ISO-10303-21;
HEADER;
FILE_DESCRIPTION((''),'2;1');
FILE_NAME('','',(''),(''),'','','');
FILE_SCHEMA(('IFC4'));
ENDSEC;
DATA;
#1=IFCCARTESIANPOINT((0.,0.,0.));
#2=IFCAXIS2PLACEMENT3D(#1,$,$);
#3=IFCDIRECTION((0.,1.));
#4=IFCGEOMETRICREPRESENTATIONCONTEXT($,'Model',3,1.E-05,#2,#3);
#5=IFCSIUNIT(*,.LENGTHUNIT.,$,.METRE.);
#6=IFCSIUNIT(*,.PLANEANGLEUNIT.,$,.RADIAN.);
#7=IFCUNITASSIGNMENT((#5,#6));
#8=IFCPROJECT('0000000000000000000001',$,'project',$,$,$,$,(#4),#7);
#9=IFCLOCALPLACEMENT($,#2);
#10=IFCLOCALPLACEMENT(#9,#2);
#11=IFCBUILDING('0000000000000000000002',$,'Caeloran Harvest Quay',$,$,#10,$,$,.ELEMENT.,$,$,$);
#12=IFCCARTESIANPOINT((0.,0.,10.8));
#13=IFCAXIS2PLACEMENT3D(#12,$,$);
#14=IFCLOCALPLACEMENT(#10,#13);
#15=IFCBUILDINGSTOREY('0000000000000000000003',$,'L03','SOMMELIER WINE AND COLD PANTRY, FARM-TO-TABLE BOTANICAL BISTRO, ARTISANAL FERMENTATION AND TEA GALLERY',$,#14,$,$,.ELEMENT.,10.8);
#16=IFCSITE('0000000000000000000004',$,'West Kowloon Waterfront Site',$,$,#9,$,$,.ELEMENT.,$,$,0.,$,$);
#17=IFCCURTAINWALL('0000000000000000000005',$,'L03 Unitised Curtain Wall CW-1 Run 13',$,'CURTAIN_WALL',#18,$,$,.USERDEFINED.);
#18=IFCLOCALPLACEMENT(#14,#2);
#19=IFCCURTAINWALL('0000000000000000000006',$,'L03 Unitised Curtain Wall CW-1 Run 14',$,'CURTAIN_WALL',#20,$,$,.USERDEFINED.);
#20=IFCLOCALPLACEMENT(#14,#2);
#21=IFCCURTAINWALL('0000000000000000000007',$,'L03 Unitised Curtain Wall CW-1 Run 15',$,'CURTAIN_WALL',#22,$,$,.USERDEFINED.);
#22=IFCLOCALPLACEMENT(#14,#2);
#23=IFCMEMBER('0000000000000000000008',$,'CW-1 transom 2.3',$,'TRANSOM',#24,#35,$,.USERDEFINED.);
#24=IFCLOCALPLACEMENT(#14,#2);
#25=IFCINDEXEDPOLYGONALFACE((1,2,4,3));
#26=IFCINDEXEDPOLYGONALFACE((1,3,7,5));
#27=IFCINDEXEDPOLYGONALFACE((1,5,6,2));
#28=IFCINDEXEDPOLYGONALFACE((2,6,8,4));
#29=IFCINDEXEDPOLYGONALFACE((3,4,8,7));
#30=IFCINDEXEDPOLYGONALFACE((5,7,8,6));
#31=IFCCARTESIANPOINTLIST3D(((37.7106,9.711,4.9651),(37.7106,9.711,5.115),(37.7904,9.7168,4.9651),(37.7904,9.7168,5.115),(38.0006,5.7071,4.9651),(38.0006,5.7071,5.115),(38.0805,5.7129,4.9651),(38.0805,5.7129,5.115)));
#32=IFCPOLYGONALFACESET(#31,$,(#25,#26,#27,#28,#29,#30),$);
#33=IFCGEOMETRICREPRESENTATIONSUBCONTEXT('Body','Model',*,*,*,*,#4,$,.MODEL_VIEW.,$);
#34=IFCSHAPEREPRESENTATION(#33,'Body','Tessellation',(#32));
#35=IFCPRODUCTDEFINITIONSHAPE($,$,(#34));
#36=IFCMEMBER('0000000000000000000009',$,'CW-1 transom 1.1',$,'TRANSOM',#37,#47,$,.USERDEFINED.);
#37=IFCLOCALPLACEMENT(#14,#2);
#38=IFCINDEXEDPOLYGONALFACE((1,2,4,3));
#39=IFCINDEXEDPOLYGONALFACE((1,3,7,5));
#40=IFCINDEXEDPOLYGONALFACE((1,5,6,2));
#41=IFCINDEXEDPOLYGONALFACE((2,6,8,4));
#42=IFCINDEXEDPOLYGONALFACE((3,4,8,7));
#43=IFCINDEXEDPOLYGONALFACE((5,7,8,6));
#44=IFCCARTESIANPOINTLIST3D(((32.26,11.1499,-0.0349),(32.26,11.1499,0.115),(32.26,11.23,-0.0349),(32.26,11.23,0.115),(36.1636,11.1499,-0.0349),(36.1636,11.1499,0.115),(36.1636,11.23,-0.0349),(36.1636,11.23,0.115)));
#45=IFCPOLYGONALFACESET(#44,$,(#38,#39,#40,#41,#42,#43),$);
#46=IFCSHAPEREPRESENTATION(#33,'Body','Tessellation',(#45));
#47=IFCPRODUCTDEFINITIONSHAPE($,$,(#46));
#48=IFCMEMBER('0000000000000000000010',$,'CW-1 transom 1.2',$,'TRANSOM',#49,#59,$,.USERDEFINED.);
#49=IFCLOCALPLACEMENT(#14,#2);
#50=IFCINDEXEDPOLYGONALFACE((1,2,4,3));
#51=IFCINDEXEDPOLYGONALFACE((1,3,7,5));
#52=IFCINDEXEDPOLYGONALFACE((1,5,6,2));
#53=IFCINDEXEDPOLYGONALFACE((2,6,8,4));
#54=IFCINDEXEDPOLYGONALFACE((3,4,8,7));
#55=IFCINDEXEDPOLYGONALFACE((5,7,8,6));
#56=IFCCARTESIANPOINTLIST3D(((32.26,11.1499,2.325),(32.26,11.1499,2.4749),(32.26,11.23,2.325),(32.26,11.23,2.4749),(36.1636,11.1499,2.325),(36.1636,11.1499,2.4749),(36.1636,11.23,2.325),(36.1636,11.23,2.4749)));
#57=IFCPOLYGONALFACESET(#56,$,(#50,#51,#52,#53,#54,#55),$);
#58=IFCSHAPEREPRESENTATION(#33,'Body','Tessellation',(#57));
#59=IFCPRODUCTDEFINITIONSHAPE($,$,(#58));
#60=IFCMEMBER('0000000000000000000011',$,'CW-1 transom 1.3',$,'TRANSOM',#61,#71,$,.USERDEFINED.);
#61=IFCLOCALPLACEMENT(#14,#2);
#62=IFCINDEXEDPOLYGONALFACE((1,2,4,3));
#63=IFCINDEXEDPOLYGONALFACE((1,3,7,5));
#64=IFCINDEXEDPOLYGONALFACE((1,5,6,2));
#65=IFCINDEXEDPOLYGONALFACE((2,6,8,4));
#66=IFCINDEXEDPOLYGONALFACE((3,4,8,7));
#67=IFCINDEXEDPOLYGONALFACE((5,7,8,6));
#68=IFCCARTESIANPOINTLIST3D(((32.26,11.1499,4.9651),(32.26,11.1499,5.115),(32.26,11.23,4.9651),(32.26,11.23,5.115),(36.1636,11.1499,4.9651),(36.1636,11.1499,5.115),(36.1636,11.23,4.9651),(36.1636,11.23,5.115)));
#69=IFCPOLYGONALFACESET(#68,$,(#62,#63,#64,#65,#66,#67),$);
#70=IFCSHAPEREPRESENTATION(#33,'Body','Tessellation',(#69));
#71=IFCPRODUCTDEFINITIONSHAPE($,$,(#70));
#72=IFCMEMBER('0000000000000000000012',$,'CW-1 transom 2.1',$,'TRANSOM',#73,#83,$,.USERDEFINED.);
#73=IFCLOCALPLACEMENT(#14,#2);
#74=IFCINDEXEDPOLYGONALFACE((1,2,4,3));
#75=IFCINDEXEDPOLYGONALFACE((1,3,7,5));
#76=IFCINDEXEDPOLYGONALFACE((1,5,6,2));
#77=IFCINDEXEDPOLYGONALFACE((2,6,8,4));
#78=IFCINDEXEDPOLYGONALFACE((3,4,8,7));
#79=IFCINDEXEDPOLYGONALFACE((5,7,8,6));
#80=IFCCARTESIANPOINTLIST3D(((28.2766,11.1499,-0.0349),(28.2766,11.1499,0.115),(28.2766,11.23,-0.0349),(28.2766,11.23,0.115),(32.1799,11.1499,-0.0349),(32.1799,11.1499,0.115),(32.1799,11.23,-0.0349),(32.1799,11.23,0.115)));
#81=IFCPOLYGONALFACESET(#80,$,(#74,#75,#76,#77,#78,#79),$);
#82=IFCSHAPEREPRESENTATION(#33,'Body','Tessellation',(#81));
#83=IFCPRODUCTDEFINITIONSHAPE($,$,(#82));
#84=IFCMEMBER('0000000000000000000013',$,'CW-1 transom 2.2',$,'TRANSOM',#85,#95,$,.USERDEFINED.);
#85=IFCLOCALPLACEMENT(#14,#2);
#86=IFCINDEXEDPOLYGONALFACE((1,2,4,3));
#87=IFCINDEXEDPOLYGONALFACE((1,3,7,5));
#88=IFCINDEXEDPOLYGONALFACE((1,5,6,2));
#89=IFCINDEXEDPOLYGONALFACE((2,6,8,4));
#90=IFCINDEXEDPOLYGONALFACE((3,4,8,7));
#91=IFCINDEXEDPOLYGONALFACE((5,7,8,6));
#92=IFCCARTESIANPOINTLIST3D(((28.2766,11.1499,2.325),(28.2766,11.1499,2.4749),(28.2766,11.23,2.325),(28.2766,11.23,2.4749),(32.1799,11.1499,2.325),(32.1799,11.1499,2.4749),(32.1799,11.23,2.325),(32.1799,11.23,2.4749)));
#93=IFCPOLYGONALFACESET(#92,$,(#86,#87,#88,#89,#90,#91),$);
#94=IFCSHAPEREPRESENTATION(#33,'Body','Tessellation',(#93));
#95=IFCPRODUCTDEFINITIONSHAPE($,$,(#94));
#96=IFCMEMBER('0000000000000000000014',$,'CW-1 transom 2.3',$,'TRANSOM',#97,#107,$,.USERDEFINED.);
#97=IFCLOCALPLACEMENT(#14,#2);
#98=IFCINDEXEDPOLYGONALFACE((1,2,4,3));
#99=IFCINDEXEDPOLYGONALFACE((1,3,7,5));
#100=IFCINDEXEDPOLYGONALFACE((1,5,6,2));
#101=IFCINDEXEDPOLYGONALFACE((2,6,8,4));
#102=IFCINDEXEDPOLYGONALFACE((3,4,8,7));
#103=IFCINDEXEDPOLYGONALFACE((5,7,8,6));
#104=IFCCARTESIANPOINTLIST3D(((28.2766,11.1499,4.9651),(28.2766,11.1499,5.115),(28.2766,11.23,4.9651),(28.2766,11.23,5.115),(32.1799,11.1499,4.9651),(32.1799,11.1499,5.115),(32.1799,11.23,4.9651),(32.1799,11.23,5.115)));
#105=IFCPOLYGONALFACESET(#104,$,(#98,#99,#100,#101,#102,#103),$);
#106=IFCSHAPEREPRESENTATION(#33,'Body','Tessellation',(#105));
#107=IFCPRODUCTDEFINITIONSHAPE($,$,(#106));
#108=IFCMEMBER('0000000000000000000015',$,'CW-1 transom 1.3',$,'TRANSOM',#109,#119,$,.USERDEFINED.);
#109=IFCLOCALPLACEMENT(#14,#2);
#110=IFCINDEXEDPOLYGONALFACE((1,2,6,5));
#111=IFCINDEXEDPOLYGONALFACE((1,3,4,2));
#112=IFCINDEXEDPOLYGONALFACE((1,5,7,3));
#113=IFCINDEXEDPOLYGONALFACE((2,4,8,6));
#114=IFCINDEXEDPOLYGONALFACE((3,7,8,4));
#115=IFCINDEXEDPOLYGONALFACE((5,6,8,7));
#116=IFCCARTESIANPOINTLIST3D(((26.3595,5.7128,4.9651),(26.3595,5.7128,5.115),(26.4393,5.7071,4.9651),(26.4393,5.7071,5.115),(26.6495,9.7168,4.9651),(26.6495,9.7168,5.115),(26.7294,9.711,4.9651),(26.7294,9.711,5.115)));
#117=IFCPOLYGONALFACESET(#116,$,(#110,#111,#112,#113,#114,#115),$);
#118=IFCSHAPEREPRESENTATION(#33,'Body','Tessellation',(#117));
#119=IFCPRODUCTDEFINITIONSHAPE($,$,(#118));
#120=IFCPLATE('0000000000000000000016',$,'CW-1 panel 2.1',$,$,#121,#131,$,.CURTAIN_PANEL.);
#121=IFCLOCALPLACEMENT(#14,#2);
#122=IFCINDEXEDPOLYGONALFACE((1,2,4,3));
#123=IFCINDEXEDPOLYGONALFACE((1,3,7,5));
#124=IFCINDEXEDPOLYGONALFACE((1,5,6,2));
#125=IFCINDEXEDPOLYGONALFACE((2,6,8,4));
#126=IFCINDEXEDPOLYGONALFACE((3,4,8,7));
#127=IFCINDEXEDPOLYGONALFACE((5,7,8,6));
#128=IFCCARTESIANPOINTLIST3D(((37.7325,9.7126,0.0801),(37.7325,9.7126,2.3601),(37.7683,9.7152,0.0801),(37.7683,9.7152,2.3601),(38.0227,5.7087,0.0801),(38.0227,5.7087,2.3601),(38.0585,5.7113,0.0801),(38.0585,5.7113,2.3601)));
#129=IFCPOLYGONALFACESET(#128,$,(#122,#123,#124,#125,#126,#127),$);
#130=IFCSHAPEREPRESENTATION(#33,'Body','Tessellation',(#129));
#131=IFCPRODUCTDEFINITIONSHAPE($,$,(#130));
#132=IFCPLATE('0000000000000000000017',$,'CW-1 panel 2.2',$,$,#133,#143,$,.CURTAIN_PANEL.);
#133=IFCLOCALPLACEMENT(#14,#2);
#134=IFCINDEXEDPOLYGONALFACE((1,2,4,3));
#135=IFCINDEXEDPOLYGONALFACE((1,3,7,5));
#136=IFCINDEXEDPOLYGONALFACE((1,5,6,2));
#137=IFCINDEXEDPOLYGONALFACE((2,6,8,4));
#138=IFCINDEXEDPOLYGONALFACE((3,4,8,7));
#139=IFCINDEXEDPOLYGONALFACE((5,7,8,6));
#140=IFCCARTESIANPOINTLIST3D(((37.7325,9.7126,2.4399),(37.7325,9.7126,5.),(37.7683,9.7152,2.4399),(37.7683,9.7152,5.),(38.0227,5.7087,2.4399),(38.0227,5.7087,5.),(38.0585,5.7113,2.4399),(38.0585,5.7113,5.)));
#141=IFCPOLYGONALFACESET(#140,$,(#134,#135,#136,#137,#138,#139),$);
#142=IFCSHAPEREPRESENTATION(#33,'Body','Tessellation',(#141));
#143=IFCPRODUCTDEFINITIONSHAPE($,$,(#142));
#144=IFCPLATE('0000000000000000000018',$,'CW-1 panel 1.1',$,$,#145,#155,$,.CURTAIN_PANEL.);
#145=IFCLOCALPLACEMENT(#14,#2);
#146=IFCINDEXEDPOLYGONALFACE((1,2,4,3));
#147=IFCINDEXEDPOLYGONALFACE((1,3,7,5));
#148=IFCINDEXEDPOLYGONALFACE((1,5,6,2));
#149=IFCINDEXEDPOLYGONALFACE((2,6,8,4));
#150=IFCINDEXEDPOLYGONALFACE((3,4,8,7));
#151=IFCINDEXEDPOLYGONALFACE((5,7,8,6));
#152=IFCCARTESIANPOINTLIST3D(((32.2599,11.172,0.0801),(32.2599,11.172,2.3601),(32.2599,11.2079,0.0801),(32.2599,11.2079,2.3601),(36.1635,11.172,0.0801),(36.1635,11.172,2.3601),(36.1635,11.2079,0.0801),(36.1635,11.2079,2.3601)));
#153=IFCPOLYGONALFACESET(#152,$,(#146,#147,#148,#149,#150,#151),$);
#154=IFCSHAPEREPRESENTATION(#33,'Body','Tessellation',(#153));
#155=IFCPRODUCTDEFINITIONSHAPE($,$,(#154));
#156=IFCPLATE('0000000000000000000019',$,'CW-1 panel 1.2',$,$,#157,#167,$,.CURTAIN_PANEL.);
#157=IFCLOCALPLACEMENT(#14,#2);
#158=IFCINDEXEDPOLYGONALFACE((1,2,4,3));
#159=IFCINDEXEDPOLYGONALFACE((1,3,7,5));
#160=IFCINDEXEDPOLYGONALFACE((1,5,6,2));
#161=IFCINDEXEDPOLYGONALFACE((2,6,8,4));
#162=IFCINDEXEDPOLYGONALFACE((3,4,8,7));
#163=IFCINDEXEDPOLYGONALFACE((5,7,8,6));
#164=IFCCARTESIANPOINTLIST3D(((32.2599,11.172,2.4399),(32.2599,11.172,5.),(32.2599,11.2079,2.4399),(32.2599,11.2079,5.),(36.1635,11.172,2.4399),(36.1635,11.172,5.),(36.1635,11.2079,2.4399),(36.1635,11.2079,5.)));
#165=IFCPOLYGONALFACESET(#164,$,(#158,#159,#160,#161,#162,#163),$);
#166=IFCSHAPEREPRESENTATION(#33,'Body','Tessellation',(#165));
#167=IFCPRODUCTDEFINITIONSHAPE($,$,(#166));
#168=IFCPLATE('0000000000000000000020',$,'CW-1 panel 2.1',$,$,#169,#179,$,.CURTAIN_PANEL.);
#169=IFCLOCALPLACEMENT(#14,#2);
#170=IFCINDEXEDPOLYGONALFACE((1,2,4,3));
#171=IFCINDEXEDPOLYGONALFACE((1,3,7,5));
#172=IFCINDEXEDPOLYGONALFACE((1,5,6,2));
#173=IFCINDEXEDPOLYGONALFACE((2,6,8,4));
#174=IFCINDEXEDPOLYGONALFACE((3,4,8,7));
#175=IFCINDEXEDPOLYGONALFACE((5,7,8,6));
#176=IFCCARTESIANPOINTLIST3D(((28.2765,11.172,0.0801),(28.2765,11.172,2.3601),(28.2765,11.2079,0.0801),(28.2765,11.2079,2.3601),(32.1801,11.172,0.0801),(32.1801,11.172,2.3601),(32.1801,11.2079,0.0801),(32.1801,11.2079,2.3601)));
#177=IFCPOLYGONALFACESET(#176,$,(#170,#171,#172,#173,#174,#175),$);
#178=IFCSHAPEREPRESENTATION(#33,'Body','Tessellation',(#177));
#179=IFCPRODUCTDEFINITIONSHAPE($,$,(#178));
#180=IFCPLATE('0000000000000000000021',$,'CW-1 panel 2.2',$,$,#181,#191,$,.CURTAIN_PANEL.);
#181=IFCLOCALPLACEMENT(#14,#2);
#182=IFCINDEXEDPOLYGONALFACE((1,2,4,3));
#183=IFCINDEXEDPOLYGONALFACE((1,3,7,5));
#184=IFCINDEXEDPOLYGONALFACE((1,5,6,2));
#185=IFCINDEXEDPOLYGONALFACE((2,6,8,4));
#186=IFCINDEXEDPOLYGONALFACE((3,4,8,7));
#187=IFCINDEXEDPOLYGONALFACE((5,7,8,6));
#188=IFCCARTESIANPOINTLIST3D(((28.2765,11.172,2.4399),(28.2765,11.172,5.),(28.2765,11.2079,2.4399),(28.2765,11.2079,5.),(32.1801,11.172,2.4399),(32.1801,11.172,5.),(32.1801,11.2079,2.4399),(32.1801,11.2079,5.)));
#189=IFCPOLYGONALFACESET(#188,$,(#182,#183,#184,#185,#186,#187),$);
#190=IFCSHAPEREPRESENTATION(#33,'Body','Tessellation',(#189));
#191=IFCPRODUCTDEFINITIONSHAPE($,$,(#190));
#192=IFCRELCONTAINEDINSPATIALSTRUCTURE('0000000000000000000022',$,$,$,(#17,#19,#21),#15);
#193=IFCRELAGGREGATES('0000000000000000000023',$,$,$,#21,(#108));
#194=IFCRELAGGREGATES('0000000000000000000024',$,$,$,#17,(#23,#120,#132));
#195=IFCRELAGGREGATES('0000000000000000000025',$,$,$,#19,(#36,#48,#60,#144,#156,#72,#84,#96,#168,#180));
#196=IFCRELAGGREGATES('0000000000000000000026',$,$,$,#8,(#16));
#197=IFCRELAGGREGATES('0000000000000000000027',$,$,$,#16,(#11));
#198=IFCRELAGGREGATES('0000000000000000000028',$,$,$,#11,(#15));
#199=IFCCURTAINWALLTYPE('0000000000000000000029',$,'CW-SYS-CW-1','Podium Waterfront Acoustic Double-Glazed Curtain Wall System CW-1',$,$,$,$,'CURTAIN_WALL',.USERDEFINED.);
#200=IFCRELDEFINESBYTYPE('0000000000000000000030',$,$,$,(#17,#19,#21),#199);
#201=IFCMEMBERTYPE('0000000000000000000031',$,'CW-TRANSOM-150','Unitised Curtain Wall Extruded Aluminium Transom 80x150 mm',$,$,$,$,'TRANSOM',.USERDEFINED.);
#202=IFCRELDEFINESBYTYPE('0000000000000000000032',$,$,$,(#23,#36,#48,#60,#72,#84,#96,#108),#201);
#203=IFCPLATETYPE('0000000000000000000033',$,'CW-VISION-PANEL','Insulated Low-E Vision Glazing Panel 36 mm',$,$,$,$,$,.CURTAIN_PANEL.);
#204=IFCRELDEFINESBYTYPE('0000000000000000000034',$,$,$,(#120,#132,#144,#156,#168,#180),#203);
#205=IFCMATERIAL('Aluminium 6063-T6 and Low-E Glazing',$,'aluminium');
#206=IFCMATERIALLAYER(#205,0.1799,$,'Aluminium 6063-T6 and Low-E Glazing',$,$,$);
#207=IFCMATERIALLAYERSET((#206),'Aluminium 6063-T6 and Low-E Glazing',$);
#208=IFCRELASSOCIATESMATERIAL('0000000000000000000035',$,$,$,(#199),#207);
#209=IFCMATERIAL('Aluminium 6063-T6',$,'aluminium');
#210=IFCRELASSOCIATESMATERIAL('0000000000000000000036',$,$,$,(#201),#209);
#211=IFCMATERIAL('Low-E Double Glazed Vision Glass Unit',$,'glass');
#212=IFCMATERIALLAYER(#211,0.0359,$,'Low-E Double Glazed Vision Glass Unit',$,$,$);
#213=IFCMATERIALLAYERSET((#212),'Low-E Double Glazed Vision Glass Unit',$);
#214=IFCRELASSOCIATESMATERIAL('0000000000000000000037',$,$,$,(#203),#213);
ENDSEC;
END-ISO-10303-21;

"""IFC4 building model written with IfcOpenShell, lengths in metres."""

from ifc_helpers import new_model, si_unit, direction, frame, origin, origin_2d, place, context, subcontext, project, spatial, rectangle, extrude, material, layer, layer_set, material_profile, profile_set, type_object, element, aggregate, save


model = new_model("IFC4")

# Units and contexts
model_context = context("Model", 3, precision=1e-05, world=origin(), true_north=direction((0.0, 1.0)))
body_context = subcontext(model_context, "Body", "Model", "MODEL_VIEW")
ifc_project = project(units=[si_unit("LENGTHUNIT", "METRE"), si_unit("PLANEANGLEUNIT", "RADIAN")], contexts=[model_context])

# Site, building, storey
site_placement = place(None, origin())
site = spatial("IfcSite", under=ifc_project, at=site_placement, Name="West Kowloon Waterfront Site", CompositionType="ELEMENT", RefElevation=0.0)
building_placement = place(site_placement, origin())
building = spatial("IfcBuilding", under=site, at=building_placement, Name="Caeloran Harvest Quay", CompositionType="ELEMENT")
storey_placement = place(building_placement, frame((0.0, 0.0, 10.8)))
storey = spatial("IfcBuildingStorey", under=building, at=storey_placement, Name="L03", Description="SOMMELIER WINE AND COLD PANTRY, FARM-TO-TABLE BOTANICAL BISTRO, ARTISANAL FERMENTATION AND TEA GALLERY", CompositionType="ELEMENT", Elevation=10.8)

# Curtain wall
ifc_material_1 = material(Name="Aluminium 6063-T6 and Low-E Glazing", Category="aluminium")
ifc_layer_1 = layer(ifc_material_1, 0.1799, Name="Aluminium 6063-T6 and Low-E Glazing")
ifc_layer_set_1 = layer_set([ifc_layer_1], Name="Aluminium 6063-T6 and Low-E Glazing")
curtain_wall_type = type_object("IfcCurtainWallType", Name="CW-SYS-CW-1", Description="Podium Waterfront Acoustic Double-Glazed Curtain Wall System CW-1", ElementType="CURTAIN_WALL", PredefinedType="USERDEFINED", material=ifc_layer_set_1)
curtain_wall_1_placement = place(storey_placement, origin())
curtain_wall_1 = element("IfcCurtainWall", 1, at=curtain_wall_1_placement, inside=storey, type_object=curtain_wall_type, Name="L03 Unitised Curtain Wall CW-1 Run 13", ObjectType="CURTAIN_WALL", PredefinedType="USERDEFINED")
ifc_material_2 = material(Name="Aluminium 6063-T6", Category="aluminium")

# Curtain wall
curtain_wall_2_placement = place(storey_placement, origin())
curtain_wall_2 = element("IfcCurtainWall", 2, at=curtain_wall_2_placement, inside=storey, type_object=curtain_wall_type, Name="L03 Unitised Curtain Wall CW-1 Run 14", ObjectType="CURTAIN_WALL", PredefinedType="USERDEFINED")

# Curtain wall
curtain_wall_3_placement = place(storey_placement, origin())
curtain_wall_3 = element("IfcCurtainWall", 3, at=curtain_wall_3_placement, inside=storey, type_object=curtain_wall_type, Name="L03 Unitised Curtain Wall CW-1 Run 15", ObjectType="CURTAIN_WALL", PredefinedType="USERDEFINED")

# Members
ifc_material_profile_1 = material_profile(ifc_material_2, rectangle(XDim=0.0801, YDim=0.1499, at=origin_2d()), Name="CW-TRANSOM-150")
ifc_profile_set_1 = profile_set([ifc_material_profile_1], Name="Aluminium 6063-T6")
member_type_1 = type_object("IfcMemberType", Name="CW-TRANSOM-150", Description="Unitised Curtain Wall Extruded Aluminium Transom 80x150 mm", ElementType="TRANSOM", PredefinedType="USERDEFINED", material=ifc_profile_set_1)
member_1_placement = place(storey_placement, frame((38.0405, 5.71, 5.04), z_axis=(-0.07225, 0.997387, 0.0), x_axis=(-0.997387, -0.07225, 0.0)))
member_1 = element("IfcMember", 4, at=member_1_placement, type_object=member_type_1, Name="CW-1 transom 2.3", ObjectType="TRANSOM", PredefinedType="USERDEFINED", context=body_context, shape_type="SweptSolid", body=[
    extrude(rectangle(XDim=0.0801, YDim=0.1499, at=origin_2d()), origin(), (0.0, 0.0, 1.0), 4.0144),
])
member_2_placement = place(storey_placement, frame((36.1636, 11.1899, 0.04), z_axis=(-1.0, 0.0, 0.0), x_axis=(0.0, -1.0, 0.0)))
member_2 = element("IfcMember", 5, at=member_2_placement, type_object=member_type_1, Name="CW-1 transom 1.1", ObjectType="TRANSOM", PredefinedType="USERDEFINED", context=body_context, shape_type="SweptSolid", body=[
    extrude(rectangle(XDim=0.0801, YDim=0.1499, at=origin_2d()), origin(), (0.0, 0.0, 1.0), 3.9036),
])
member_3_placement = place(storey_placement, frame((36.1636, 11.1899, 2.3999), z_axis=(-1.0, 0.0, 0.0), x_axis=(0.0, -1.0, 0.0)))
member_3 = element("IfcMember", 6, at=member_3_placement, type_object=member_type_1, Name="CW-1 transom 1.2", ObjectType="TRANSOM", PredefinedType="USERDEFINED", context=body_context, shape_type="SweptSolid", body=[
    extrude(rectangle(XDim=0.0801, YDim=0.1499, at=origin_2d()), origin(), (0.0, 0.0, 1.0), 3.9036),
])
member_4_placement = place(storey_placement, frame((36.1636, 11.1899, 5.04), z_axis=(-1.0, 0.0, 0.0), x_axis=(0.0, -1.0, 0.0)))
member_4 = element("IfcMember", 7, at=member_4_placement, type_object=member_type_1, Name="CW-1 transom 1.3", ObjectType="TRANSOM", PredefinedType="USERDEFINED", context=body_context, shape_type="SweptSolid", body=[
    extrude(rectangle(XDim=0.0801, YDim=0.1499, at=origin_2d()), origin(), (0.0, 0.0, 1.0), 3.9036),
])
member_5_placement = place(storey_placement, frame((32.1799, 11.1899, 0.04), z_axis=(-1.0, 0.0, 0.0), x_axis=(0.0, -1.0, 0.0)))
member_5 = element("IfcMember", 8, at=member_5_placement, type_object=member_type_1, Name="CW-1 transom 2.1", ObjectType="TRANSOM", PredefinedType="USERDEFINED", context=body_context, shape_type="SweptSolid", body=[
    extrude(rectangle(XDim=0.0801, YDim=0.1499, at=origin_2d()), origin(), (0.0, 0.0, 1.0), 3.9033),
])
member_6_placement = place(storey_placement, frame((32.1799, 11.1899, 2.3999), z_axis=(-1.0, 0.0, 0.0), x_axis=(0.0, -1.0, 0.0)))
member_6 = element("IfcMember", 9, at=member_6_placement, type_object=member_type_1, Name="CW-1 transom 2.2", ObjectType="TRANSOM", PredefinedType="USERDEFINED", context=body_context, shape_type="SweptSolid", body=[
    extrude(rectangle(XDim=0.0801, YDim=0.1499, at=origin_2d()), origin(), (0.0, 0.0, 1.0), 3.9033),
])
member_7_placement = place(storey_placement, frame((32.1799, 11.1899, 5.04), z_axis=(-1.0, 0.0, 0.0), x_axis=(0.0, -1.0, 0.0)))
member_7 = element("IfcMember", 10, at=member_7_placement, type_object=member_type_1, Name="CW-1 transom 2.3", ObjectType="TRANSOM", PredefinedType="USERDEFINED", context=body_context, shape_type="SweptSolid", body=[
    extrude(rectangle(XDim=0.0801, YDim=0.1499, at=origin_2d()), origin(), (0.0, 0.0, 1.0), 3.9033),
])
member_8_placement = place(storey_placement, frame((26.6895, 9.7139, 5.04), z_axis=(-0.07225, -0.997387, 0.0), x_axis=(0.997387, -0.07225, 0.0)))
member_8 = element("IfcMember", 11, at=member_8_placement, type_object=member_type_1, Name="CW-1 transom 1.3", ObjectType="TRANSOM", PredefinedType="USERDEFINED", context=body_context, shape_type="SweptSolid", body=[
    extrude(rectangle(XDim=0.0801, YDim=0.1499, at=origin_2d()), origin(), (0.0, 0.0, 1.0), 4.0144),
])
aggregate(curtain_wall_3, [member_8])

# Plates
ifc_material_3 = material(Name="Low-E Double Glazed Vision Glass Unit", Category="glass")
ifc_layer_2 = layer(ifc_material_3, 0.0359, Name="Low-E Double Glazed Vision Glass Unit")
ifc_layer_set_2 = layer_set([ifc_layer_2], Name="Low-E Double Glazed Vision Glass Unit")
plate_type = type_object("IfcPlateType", Name="CW-VISION-PANEL", Description="Insulated Low-E Vision Glazing Panel 36 mm", PredefinedType="CURTAIN_PANEL", material=ifc_layer_set_2)
plate_1_placement = place(storey_placement, frame((37.8955, 7.7119, 0.0801), z_axis=(0.0, 0.0, 1.0), x_axis=(-0.072271, 0.997385, 0.0)))
plate_1 = element("IfcPlate", 12, at=plate_1_placement, type_object=plate_type, Name="CW-1 panel 2.1", PredefinedType="CURTAIN_PANEL", context=body_context, shape_type="SweptSolid", body=[
    extrude(rectangle(XDim=4.0144, YDim=0.0359, at=origin_2d()), origin(), (0.0, 0.0, 1.0), 2.28),
])
plate_2_placement = place(storey_placement, frame((37.8955, 7.7119, 2.4399), z_axis=(0.0, 0.0, 1.0), x_axis=(-0.072271, 0.997385, 0.0)))
plate_2 = element("IfcPlate", 13, at=plate_2_placement, type_object=plate_type, Name="CW-1 panel 2.2", PredefinedType="CURTAIN_PANEL", context=body_context, shape_type="SweptSolid", body=[
    extrude(rectangle(XDim=4.0144, YDim=0.0359, at=origin_2d()), origin(), (0.0, 0.0, 1.0), 2.5601),
])
aggregate(curtain_wall_1, [member_1, plate_1, plate_2])
plate_3_placement = place(storey_placement, frame((34.2117, 11.1899, 0.0801), z_axis=(0.0, 0.0, 1.0), x_axis=(-1.0, 0.0, 0.0)))
plate_3 = element("IfcPlate", 14, at=plate_3_placement, type_object=plate_type, Name="CW-1 panel 1.1", PredefinedType="CURTAIN_PANEL", context=body_context, shape_type="SweptSolid", body=[
    extrude(rectangle(XDim=3.9036, YDim=0.0359, at=origin_2d()), origin(), (0.0, 0.0, 1.0), 2.28),
])
plate_4_placement = place(storey_placement, frame((34.2117, 11.1899, 2.4399), z_axis=(0.0, 0.0, 1.0), x_axis=(-1.0, 0.0, 0.0)))
plate_4 = element("IfcPlate", 15, at=plate_4_placement, type_object=plate_type, Name="CW-1 panel 1.2", PredefinedType="CURTAIN_PANEL", context=body_context, shape_type="SweptSolid", body=[
    extrude(rectangle(XDim=3.9036, YDim=0.0359, at=origin_2d()), origin(), (0.0, 0.0, 1.0), 2.5601),
])
plate_5_placement = place(storey_placement, frame((30.2283, 11.1899, 0.0801), z_axis=(0.0, 0.0, 1.0), x_axis=(-1.0, 0.0, 0.0)))
plate_5 = element("IfcPlate", 16, at=plate_5_placement, type_object=plate_type, Name="CW-1 panel 2.1", PredefinedType="CURTAIN_PANEL", context=body_context, shape_type="SweptSolid", body=[
    extrude(rectangle(XDim=3.9036, YDim=0.0359, at=origin_2d()), origin(), (0.0, 0.0, 1.0), 2.28),
])
plate_6_placement = place(storey_placement, frame((30.2283, 11.1899, 2.4399), z_axis=(0.0, 0.0, 1.0), x_axis=(-1.0, 0.0, 0.0)))
plate_6 = element("IfcPlate", 17, at=plate_6_placement, type_object=plate_type, Name="CW-1 panel 2.2", PredefinedType="CURTAIN_PANEL", context=body_context, shape_type="SweptSolid", body=[
    extrude(rectangle(XDim=3.9036, YDim=0.0359, at=origin_2d()), origin(), (0.0, 0.0, 1.0), 2.5601),
])
aggregate(curtain_wall_2, [member_2, member_3, member_4, plate_3, plate_4, member_5, member_6, member_7, plate_5, plate_6])

save(model, "model.ifc")
